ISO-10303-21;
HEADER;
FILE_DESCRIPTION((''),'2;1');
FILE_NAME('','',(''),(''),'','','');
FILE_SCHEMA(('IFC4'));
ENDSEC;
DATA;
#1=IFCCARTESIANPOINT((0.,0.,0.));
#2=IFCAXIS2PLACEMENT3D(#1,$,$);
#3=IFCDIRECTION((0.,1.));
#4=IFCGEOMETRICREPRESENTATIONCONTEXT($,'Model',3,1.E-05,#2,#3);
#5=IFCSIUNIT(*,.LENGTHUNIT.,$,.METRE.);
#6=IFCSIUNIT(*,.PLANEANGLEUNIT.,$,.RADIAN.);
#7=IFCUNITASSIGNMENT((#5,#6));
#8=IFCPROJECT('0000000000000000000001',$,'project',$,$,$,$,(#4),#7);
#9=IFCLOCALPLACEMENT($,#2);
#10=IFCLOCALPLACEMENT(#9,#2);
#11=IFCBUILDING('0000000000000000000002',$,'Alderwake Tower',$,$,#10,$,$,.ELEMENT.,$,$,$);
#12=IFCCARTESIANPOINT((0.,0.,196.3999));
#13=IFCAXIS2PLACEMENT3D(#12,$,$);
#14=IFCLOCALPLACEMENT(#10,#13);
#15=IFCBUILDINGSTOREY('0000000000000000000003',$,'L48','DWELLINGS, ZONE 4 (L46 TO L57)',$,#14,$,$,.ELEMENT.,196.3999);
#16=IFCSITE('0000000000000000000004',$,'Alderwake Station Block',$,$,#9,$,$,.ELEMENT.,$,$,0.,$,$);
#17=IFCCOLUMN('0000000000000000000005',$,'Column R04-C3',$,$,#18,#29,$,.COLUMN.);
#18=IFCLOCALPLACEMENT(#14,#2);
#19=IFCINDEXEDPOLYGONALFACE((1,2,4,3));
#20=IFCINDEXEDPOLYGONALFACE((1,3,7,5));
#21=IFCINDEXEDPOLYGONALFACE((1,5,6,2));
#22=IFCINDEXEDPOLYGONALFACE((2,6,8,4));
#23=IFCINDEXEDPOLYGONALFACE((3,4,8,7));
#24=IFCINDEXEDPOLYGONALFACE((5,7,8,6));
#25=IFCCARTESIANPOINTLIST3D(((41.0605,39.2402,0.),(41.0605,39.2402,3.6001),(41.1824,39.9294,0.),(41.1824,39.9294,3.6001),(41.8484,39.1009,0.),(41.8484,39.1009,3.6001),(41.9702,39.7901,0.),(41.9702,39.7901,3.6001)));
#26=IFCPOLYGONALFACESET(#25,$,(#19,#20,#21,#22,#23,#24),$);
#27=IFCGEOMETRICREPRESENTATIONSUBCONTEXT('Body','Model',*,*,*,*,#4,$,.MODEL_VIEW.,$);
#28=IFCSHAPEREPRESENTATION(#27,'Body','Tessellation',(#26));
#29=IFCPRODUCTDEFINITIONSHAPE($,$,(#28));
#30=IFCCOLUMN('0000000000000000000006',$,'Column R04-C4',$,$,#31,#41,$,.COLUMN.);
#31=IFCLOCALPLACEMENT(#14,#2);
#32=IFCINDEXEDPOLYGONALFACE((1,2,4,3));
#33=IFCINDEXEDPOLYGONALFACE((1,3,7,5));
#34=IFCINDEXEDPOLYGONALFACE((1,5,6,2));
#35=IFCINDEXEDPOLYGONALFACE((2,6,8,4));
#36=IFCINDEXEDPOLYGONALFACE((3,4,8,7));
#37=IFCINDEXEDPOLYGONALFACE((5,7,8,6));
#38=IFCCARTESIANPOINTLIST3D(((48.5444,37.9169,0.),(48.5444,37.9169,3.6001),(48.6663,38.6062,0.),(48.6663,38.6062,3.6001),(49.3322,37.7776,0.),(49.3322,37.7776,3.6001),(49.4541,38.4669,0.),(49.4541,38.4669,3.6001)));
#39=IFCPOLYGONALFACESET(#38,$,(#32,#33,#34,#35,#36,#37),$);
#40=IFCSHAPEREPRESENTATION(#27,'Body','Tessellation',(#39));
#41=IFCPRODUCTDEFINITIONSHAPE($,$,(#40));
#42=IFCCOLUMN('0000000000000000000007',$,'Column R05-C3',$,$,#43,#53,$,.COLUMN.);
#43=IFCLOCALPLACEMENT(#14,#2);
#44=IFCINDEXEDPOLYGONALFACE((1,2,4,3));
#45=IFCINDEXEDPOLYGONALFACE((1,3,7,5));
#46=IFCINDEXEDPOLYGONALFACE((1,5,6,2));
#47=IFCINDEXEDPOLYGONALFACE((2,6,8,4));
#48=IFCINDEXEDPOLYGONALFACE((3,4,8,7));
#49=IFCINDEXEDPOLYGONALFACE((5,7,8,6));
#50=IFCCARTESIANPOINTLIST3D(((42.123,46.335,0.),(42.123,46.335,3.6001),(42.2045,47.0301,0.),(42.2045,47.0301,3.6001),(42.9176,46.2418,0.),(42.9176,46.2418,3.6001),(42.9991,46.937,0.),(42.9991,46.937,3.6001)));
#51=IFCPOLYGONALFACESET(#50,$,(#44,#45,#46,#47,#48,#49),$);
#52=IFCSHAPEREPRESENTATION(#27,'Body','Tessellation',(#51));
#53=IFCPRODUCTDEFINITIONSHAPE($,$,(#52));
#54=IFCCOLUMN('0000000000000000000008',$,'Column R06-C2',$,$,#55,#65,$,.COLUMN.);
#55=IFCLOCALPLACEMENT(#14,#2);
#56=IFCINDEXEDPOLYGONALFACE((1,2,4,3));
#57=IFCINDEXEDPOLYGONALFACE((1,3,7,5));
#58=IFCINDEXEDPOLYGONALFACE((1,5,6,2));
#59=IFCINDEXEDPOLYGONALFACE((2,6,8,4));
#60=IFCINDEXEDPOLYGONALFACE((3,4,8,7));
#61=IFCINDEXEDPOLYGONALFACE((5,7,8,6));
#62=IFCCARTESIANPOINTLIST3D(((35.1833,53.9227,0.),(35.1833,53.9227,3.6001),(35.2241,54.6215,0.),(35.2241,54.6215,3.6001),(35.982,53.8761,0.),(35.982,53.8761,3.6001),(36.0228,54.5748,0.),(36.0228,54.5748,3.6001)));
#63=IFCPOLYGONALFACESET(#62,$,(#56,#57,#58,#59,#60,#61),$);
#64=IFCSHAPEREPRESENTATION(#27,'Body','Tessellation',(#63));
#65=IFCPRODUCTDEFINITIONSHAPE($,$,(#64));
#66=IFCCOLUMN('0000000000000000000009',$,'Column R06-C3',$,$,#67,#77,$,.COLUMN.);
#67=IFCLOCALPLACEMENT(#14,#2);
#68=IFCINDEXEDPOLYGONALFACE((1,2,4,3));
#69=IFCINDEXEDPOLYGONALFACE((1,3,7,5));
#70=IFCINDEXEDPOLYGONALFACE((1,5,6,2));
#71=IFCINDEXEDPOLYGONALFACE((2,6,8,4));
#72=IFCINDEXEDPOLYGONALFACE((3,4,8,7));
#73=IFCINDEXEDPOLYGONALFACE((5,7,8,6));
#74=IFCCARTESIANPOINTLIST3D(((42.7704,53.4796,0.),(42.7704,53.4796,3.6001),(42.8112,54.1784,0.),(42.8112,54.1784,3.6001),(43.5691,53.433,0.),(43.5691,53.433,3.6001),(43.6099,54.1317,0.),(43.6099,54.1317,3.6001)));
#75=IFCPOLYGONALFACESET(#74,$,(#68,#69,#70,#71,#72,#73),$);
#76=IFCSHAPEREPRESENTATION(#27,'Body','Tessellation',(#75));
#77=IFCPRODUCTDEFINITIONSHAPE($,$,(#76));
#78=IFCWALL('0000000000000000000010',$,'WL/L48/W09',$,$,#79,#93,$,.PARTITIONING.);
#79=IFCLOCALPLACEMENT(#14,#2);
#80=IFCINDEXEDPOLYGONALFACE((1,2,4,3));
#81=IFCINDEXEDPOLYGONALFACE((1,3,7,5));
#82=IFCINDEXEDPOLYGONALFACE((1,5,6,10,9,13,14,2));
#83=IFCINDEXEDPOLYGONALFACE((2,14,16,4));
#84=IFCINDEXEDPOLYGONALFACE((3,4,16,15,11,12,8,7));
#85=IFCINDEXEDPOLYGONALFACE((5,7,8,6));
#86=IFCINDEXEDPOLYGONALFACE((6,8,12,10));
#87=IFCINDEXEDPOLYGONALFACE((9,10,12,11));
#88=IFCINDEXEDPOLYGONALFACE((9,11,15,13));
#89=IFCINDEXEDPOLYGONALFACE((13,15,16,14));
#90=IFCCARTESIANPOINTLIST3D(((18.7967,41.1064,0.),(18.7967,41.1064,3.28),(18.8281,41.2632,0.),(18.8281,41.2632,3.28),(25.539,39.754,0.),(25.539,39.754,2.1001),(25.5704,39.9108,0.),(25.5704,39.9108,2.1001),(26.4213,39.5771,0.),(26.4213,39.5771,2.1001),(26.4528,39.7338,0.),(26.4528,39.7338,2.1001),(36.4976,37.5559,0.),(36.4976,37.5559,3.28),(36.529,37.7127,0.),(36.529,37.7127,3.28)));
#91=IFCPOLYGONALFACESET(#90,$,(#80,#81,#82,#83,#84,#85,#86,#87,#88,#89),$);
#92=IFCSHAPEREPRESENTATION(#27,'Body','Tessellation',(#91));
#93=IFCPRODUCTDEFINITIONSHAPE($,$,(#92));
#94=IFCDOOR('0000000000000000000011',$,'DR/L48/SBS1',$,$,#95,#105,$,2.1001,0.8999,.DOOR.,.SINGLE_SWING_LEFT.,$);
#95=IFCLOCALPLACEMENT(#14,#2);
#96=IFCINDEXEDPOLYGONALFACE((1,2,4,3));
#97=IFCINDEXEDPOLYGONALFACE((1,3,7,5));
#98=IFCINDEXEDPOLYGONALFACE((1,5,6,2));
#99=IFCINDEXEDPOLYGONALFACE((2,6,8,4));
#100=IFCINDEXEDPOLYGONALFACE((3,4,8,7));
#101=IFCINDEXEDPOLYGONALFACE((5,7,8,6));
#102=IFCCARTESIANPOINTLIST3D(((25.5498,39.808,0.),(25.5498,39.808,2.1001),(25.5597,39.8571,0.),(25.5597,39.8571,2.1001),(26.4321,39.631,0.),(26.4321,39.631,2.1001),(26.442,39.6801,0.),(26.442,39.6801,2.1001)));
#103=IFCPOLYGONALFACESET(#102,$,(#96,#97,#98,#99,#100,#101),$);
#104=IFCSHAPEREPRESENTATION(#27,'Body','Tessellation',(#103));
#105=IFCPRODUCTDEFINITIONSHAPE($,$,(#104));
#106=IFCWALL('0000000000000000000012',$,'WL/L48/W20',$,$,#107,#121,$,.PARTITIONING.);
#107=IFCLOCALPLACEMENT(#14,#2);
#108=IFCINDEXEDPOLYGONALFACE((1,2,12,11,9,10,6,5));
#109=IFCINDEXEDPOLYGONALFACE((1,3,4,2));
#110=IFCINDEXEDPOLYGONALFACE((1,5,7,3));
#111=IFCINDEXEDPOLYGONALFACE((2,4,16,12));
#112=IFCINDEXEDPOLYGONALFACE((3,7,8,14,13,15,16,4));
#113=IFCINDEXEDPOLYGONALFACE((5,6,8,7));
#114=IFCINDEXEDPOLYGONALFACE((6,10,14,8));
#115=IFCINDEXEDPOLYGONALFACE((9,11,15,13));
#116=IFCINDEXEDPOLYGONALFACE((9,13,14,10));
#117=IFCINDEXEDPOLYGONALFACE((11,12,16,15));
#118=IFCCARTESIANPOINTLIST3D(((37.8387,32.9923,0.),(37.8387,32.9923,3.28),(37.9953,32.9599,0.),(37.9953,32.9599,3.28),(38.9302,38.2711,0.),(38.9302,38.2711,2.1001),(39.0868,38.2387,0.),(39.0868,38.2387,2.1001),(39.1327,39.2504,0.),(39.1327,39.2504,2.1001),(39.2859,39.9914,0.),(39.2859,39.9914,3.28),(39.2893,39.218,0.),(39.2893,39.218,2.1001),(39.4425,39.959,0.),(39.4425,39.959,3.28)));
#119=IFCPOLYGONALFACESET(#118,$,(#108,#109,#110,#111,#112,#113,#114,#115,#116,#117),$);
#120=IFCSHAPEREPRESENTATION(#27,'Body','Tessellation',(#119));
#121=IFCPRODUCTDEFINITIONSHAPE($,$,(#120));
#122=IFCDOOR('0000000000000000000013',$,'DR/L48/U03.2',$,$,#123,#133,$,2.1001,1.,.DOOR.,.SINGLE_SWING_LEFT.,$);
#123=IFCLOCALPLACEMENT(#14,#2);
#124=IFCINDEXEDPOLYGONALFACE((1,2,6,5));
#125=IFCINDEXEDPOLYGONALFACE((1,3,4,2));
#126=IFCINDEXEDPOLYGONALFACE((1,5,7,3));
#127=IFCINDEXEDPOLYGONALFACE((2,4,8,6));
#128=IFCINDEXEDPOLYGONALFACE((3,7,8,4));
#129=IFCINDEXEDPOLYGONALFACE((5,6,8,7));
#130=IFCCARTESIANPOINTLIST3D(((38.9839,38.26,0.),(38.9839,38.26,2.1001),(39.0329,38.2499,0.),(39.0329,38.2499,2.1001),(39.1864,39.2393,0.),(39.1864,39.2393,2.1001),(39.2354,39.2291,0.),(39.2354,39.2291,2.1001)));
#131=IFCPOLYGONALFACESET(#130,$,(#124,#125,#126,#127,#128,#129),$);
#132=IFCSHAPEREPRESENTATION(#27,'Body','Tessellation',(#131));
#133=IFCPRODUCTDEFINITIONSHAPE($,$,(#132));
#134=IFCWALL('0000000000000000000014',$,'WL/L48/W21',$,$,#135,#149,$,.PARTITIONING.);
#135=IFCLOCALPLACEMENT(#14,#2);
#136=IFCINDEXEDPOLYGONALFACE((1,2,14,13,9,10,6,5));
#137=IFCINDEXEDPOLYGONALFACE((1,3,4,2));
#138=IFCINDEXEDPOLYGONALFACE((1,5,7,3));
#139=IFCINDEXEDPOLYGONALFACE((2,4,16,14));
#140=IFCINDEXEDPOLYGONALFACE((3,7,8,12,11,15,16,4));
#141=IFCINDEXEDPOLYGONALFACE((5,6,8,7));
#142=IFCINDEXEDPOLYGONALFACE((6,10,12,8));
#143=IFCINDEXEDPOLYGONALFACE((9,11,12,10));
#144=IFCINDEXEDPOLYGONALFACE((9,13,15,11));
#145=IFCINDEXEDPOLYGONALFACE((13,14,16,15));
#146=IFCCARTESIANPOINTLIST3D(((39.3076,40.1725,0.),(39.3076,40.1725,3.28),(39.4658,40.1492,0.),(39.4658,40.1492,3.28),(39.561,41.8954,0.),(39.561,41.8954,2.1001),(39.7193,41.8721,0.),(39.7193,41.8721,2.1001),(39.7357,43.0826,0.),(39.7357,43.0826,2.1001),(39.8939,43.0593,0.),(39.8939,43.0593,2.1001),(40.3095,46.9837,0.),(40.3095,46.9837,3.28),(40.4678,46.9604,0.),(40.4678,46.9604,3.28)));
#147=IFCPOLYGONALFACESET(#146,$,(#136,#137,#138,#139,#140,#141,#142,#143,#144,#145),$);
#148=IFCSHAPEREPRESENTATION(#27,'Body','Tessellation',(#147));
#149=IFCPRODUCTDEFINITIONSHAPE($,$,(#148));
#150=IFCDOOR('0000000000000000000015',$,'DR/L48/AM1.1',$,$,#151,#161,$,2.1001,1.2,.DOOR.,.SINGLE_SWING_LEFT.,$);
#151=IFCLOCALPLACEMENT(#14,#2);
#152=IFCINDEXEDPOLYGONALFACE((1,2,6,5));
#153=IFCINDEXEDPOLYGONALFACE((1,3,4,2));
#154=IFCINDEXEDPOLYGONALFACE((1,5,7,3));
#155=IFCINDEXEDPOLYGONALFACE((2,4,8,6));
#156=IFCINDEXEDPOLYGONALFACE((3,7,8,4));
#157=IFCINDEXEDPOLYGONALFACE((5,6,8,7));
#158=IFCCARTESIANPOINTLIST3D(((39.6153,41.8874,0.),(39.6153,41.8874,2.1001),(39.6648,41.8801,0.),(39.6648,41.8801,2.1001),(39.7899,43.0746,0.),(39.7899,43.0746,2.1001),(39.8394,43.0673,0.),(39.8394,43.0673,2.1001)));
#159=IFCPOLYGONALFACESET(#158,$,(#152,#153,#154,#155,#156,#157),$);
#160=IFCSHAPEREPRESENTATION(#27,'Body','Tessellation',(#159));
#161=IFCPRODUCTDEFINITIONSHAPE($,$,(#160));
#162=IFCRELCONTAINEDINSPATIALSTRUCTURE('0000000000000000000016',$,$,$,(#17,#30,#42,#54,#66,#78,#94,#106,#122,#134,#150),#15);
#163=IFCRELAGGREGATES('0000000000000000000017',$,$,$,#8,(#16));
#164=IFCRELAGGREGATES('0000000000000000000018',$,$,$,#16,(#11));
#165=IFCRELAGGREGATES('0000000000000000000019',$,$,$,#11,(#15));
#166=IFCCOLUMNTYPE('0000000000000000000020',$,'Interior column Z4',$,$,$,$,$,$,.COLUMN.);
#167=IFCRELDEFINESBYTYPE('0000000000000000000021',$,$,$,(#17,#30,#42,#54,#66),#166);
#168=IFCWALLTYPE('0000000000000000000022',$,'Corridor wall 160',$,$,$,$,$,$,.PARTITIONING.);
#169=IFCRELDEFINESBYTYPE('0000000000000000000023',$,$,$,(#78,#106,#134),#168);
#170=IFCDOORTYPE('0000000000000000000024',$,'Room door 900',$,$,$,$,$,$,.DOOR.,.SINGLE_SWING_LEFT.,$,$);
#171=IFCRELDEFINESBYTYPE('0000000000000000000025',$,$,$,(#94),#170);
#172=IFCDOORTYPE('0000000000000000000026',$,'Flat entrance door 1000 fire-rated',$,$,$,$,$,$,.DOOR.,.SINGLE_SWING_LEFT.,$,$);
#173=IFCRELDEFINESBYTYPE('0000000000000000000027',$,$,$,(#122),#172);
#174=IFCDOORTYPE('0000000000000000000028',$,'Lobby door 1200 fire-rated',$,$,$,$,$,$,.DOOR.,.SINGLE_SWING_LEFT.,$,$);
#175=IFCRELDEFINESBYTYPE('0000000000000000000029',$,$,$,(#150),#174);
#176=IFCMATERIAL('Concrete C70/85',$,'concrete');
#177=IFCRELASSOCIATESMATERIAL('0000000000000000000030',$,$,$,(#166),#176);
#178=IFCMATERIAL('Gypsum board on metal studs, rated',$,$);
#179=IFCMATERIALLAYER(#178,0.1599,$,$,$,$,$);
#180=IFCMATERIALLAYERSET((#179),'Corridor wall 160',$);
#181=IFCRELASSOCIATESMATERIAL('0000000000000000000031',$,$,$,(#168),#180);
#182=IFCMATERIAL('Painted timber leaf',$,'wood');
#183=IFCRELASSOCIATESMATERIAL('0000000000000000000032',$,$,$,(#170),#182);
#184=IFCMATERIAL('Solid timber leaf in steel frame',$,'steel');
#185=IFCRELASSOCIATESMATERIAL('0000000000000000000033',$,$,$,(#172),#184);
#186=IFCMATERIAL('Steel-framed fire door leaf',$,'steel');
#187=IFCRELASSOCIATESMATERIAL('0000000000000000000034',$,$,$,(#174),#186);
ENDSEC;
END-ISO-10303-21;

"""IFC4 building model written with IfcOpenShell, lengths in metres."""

from ifc_helpers import new_model, si_unit, direction, frame, frame_2d, origin, origin_2d, place, context, subcontext, project, spatial, rectangle, extrude, material, layer, layer_set, material_profile, profile_set, type_object, element, fill, save


model = new_model("IFC4")

# Units and contexts
model_context = context("Model", 3, precision=1e-05, world=origin(), true_north=direction((0.0, 1.0)))
body_context = subcontext(model_context, "Body", "Model", "MODEL_VIEW")
ifc_project = project(units=[si_unit("LENGTHUNIT", "METRE"), si_unit("PLANEANGLEUNIT", "RADIAN")], contexts=[model_context])

# Site, building, storey
site_placement = place(None, origin())
site = spatial("IfcSite", under=ifc_project, at=site_placement, Name="Alderwake Station Block", CompositionType="ELEMENT", RefElevation=0.0)
building_placement = place(site_placement, origin())
building = spatial("IfcBuilding", under=site, at=building_placement, Name="Alderwake Tower", CompositionType="ELEMENT")
storey_placement = place(building_placement, frame((0.0, 0.0, 196.3999)))
storey = spatial("IfcBuildingStorey", under=building, at=storey_placement, Name="L48", Description="DWELLINGS, ZONE 4 (L46 TO L57)", CompositionType="ELEMENT", Elevation=196.3999)

# Columns
ifc_material_1 = material(Name="Concrete C70/85", Category="concrete")
ifc_material_profile = material_profile(ifc_material_1, rectangle(XDim=0.7, YDim=0.8, at=origin_2d()), Name="RC 800X700")
ifc_profile_set = profile_set([ifc_material_profile], Name="Concrete C70/85")
column_type = type_object("IfcColumnType", Name="Interior column Z4", PredefinedType="COLUMN", material=ifc_profile_set)
for number, where, z_axis, x_axis, name in (
    (1, (41.5154, 39.5151, 0.0), (0.0, 0.0, 1.0), (0.174107, 0.984727, 0.0), "Column R04-C3"),
    (2, (48.9993, 38.1919, 0.0), (0.0, 0.0, 1.0), (0.174109, 0.984726, 0.0), "Column R04-C4"),
    (3, (42.561, 46.636, 0.0), (0.0, 0.0, 1.0), (0.116402, 0.993202, 0.0), "Column R05-C3"),
    (4, (35.603, 54.2488, 0.0), (0.0, 0.0, 1.0), (0.058301, 0.998299, 0.0), "Column R06-C2"),
    (5, (43.1902, 53.8057, 0.0), (0.0, 0.0, 1.0), (0.058301, 0.998299, 0.0), "Column R06-C3"),
):
    element("IfcColumn", number, at=place(storey_placement, frame(where, z_axis=z_axis, x_axis=x_axis)), inside=storey, type_object=column_type, Name=name, PredefinedType="COLUMN", context=body_context, shape_type="SweptSolid", body=[
        extrude(rectangle(XDim=0.7, YDim=0.8, at=origin_2d()), origin(), (0.0, 0.0, 1.0), 3.6001),
    ])

# Walls, openings, doors
ifc_material_2 = material(Name="Gypsum board on metal studs, rated")
ifc_layer_1 = layer(ifc_material_2, 0.1599)
ifc_layer_set_1 = layer_set([ifc_layer_1], Name="Corridor wall 160")
wall_type_1 = type_object("IfcWallType", Name="Corridor wall 160", PredefinedType="PARTITIONING", material=ifc_layer_set_1)
wall_1_placement = place(storey_placement, frame((36.5134, 37.6343, 0.0), z_axis=(0.0, 0.0, 1.0), x_axis=(-0.98047, 0.196667, 0.0)))
wall_1 = element("IfcWall", 6, at=wall_1_placement, inside=storey, type_object=wall_type_1, Name="WL/L48/W09", PredefinedType="PARTITIONING", context=body_context, shape_type="SweptSolid", body=[
    extrude(rectangle(XDim=18.0535, YDim=0.1599, at=frame_2d((9.0269, 0.0))), origin(), (0.0, 0.0, 1.0), 3.28),
])
opening_1_placement = place(wall_1_placement, frame((10.2771, 0.0, 0.0)))
opening_1 = element("IfcOpeningElement", 7, at=opening_1_placement, cuts=wall_1, PredefinedType="OPENING", context=body_context, shape_type="SweptSolid", body=[
    extrude(rectangle(XDim=0.8999, YDim=2.1001, at=frame_2d((0.45, 1.05))), frame((0.0, 0.0898, 0.0), z_axis=(0.0, -1.0, 0.0), x_axis=(1.0, 0.0, 0.0)), (0.0, 0.0, 1.0), 0.1799),
])
ifc_material_3 = material(Name="Painted timber leaf", Category="wood")
door_type_1 = type_object("IfcDoorType", Name="Room door 900", OperationType="SINGLE_SWING_LEFT", PredefinedType="DOOR", material=ifc_material_3)
door_1_placement = place(opening_1_placement, origin())
door_1 = element("IfcDoor", 8, at=door_1_placement, inside=storey, type_object=door_type_1, Name="DR/L48/SBS1", OperationType="SINGLE_SWING_LEFT", OverallHeight=2.1001, OverallWidth=0.8999, PredefinedType="DOOR", context=body_context, shape_type="SweptSolid", body=[
    extrude(rectangle(XDim=0.8999, YDim=2.1001, at=frame_2d((0.45, 1.05))), frame((0.0, 0.0249, 0.0), z_axis=(0.0, -1.0, 0.0), x_axis=(1.0, 0.0, 0.0)), (0.0, 0.0, 1.0), 0.05),
])
fill(opening_1, door_1)
wall_2_placement = place(storey_placement, frame((39.3643, 39.9753, 0.0), z_axis=(0.0, 0.0, 1.0), x_axis=(-0.20249, -0.979284, 0.0)))
wall_2 = element("IfcWall", 9, at=wall_2_placement, inside=storey, type_object=wall_type_1, Name="WL/L48/W20", PredefinedType="PARTITIONING", context=body_context, shape_type="SweptSolid", body=[
    extrude(rectangle(XDim=7.1472, YDim=0.1599, at=frame_2d((3.5737, 0.0))), origin(), (0.0, 0.0, 1.0), 3.28),
])
opening_2_placement = place(wall_2_placement, frame((0.7568, 0.0, 0.0)))
opening_2 = element("IfcOpeningElement", 10, at=opening_2_placement, cuts=wall_2, PredefinedType="OPENING", context=body_context, shape_type="SweptSolid", body=[
    extrude(rectangle(XDim=1.0, YDim=2.1001, at=frame_2d((0.5, 1.05))), frame((0.0, 0.0898, 0.0), z_axis=(0.0, -1.0, 0.0), x_axis=(1.0, 0.0, 0.0)), (0.0, 0.0, 1.0), 0.1799),
])
ifc_material_4 = material(Name="Solid timber leaf in steel frame", Category="steel")
door_type_2 = type_object("IfcDoorType", Name="Flat entrance door 1000 fire-rated", OperationType="SINGLE_SWING_LEFT", PredefinedType="DOOR", material=ifc_material_4)
door_2_placement = place(opening_2_placement, origin())
door_2 = element("IfcDoor", 11, at=door_2_placement, inside=storey, type_object=door_type_2, Name="DR/L48/U03.2", OperationType="SINGLE_SWING_LEFT", OverallHeight=2.1001, OverallWidth=1.0, PredefinedType="DOOR", context=body_context, shape_type="SweptSolid", body=[
    extrude(rectangle(XDim=1.0, YDim=2.1001, at=frame_2d((0.5, 1.05))), frame((0.0, 0.0249, 0.0), z_axis=(0.0, -1.0, 0.0), x_axis=(1.0, 0.0, 0.0)), (0.0, 0.0, 1.0), 0.05),
])
fill(opening_2, door_2)
wall_3_placement = place(storey_placement, frame((40.3887, 46.9722, 0.0), z_axis=(0.0, 0.0, 1.0), x_axis=(-0.145536, -0.989353, 0.0)))
wall_3 = element("IfcWall", 12, at=wall_3_placement, inside=storey, type_object=wall_type_1, Name="WL/L48/W21", PredefinedType="PARTITIONING", context=body_context, shape_type="SweptSolid", body=[
    extrude(rectangle(XDim=6.8845, YDim=0.1599, at=frame_2d((3.4424, 0.0))), origin(), (0.0, 0.0, 1.0), 3.28),
])
opening_3_placement = place(wall_3_placement, frame((3.9431, 0.0, 0.0)))
opening_3 = element("IfcOpeningElement", 13, at=opening_3_placement, cuts=wall_3, PredefinedType="OPENING", context=body_context, shape_type="SweptSolid", body=[
    extrude(rectangle(XDim=1.2, YDim=2.1001, at=frame_2d((0.6001, 1.05))), frame((0.0, 0.0898, 0.0), z_axis=(0.0, -1.0, 0.0), x_axis=(1.0, 0.0, 0.0)), (0.0, 0.0, 1.0), 0.1799),
])
ifc_material_5 = material(Name="Steel-framed fire door leaf", Category="steel")
door_type_3 = type_object("IfcDoorType", Name="Lobby door 1200 fire-rated", OperationType="SINGLE_SWING_LEFT", PredefinedType="DOOR", material=ifc_material_5)
door_3_placement = place(opening_3_placement, origin())
door_3 = element("IfcDoor", 14, at=door_3_placement, inside=storey, type_object=door_type_3, Name="DR/L48/AM1.1", OperationType="SINGLE_SWING_LEFT", OverallHeight=2.1001, OverallWidth=1.2, PredefinedType="DOOR", context=body_context, shape_type="SweptSolid", body=[
    extrude(rectangle(XDim=1.2, YDim=2.1001, at=frame_2d((0.6001, 1.05))), frame((0.0, 0.0249, 0.0), z_axis=(0.0, -1.0, 0.0), x_axis=(1.0, 0.0, 0.0)), (0.0, 0.0, 1.0), 0.05),
])
fill(opening_3, door_3)

save(model, "model.ifc")
